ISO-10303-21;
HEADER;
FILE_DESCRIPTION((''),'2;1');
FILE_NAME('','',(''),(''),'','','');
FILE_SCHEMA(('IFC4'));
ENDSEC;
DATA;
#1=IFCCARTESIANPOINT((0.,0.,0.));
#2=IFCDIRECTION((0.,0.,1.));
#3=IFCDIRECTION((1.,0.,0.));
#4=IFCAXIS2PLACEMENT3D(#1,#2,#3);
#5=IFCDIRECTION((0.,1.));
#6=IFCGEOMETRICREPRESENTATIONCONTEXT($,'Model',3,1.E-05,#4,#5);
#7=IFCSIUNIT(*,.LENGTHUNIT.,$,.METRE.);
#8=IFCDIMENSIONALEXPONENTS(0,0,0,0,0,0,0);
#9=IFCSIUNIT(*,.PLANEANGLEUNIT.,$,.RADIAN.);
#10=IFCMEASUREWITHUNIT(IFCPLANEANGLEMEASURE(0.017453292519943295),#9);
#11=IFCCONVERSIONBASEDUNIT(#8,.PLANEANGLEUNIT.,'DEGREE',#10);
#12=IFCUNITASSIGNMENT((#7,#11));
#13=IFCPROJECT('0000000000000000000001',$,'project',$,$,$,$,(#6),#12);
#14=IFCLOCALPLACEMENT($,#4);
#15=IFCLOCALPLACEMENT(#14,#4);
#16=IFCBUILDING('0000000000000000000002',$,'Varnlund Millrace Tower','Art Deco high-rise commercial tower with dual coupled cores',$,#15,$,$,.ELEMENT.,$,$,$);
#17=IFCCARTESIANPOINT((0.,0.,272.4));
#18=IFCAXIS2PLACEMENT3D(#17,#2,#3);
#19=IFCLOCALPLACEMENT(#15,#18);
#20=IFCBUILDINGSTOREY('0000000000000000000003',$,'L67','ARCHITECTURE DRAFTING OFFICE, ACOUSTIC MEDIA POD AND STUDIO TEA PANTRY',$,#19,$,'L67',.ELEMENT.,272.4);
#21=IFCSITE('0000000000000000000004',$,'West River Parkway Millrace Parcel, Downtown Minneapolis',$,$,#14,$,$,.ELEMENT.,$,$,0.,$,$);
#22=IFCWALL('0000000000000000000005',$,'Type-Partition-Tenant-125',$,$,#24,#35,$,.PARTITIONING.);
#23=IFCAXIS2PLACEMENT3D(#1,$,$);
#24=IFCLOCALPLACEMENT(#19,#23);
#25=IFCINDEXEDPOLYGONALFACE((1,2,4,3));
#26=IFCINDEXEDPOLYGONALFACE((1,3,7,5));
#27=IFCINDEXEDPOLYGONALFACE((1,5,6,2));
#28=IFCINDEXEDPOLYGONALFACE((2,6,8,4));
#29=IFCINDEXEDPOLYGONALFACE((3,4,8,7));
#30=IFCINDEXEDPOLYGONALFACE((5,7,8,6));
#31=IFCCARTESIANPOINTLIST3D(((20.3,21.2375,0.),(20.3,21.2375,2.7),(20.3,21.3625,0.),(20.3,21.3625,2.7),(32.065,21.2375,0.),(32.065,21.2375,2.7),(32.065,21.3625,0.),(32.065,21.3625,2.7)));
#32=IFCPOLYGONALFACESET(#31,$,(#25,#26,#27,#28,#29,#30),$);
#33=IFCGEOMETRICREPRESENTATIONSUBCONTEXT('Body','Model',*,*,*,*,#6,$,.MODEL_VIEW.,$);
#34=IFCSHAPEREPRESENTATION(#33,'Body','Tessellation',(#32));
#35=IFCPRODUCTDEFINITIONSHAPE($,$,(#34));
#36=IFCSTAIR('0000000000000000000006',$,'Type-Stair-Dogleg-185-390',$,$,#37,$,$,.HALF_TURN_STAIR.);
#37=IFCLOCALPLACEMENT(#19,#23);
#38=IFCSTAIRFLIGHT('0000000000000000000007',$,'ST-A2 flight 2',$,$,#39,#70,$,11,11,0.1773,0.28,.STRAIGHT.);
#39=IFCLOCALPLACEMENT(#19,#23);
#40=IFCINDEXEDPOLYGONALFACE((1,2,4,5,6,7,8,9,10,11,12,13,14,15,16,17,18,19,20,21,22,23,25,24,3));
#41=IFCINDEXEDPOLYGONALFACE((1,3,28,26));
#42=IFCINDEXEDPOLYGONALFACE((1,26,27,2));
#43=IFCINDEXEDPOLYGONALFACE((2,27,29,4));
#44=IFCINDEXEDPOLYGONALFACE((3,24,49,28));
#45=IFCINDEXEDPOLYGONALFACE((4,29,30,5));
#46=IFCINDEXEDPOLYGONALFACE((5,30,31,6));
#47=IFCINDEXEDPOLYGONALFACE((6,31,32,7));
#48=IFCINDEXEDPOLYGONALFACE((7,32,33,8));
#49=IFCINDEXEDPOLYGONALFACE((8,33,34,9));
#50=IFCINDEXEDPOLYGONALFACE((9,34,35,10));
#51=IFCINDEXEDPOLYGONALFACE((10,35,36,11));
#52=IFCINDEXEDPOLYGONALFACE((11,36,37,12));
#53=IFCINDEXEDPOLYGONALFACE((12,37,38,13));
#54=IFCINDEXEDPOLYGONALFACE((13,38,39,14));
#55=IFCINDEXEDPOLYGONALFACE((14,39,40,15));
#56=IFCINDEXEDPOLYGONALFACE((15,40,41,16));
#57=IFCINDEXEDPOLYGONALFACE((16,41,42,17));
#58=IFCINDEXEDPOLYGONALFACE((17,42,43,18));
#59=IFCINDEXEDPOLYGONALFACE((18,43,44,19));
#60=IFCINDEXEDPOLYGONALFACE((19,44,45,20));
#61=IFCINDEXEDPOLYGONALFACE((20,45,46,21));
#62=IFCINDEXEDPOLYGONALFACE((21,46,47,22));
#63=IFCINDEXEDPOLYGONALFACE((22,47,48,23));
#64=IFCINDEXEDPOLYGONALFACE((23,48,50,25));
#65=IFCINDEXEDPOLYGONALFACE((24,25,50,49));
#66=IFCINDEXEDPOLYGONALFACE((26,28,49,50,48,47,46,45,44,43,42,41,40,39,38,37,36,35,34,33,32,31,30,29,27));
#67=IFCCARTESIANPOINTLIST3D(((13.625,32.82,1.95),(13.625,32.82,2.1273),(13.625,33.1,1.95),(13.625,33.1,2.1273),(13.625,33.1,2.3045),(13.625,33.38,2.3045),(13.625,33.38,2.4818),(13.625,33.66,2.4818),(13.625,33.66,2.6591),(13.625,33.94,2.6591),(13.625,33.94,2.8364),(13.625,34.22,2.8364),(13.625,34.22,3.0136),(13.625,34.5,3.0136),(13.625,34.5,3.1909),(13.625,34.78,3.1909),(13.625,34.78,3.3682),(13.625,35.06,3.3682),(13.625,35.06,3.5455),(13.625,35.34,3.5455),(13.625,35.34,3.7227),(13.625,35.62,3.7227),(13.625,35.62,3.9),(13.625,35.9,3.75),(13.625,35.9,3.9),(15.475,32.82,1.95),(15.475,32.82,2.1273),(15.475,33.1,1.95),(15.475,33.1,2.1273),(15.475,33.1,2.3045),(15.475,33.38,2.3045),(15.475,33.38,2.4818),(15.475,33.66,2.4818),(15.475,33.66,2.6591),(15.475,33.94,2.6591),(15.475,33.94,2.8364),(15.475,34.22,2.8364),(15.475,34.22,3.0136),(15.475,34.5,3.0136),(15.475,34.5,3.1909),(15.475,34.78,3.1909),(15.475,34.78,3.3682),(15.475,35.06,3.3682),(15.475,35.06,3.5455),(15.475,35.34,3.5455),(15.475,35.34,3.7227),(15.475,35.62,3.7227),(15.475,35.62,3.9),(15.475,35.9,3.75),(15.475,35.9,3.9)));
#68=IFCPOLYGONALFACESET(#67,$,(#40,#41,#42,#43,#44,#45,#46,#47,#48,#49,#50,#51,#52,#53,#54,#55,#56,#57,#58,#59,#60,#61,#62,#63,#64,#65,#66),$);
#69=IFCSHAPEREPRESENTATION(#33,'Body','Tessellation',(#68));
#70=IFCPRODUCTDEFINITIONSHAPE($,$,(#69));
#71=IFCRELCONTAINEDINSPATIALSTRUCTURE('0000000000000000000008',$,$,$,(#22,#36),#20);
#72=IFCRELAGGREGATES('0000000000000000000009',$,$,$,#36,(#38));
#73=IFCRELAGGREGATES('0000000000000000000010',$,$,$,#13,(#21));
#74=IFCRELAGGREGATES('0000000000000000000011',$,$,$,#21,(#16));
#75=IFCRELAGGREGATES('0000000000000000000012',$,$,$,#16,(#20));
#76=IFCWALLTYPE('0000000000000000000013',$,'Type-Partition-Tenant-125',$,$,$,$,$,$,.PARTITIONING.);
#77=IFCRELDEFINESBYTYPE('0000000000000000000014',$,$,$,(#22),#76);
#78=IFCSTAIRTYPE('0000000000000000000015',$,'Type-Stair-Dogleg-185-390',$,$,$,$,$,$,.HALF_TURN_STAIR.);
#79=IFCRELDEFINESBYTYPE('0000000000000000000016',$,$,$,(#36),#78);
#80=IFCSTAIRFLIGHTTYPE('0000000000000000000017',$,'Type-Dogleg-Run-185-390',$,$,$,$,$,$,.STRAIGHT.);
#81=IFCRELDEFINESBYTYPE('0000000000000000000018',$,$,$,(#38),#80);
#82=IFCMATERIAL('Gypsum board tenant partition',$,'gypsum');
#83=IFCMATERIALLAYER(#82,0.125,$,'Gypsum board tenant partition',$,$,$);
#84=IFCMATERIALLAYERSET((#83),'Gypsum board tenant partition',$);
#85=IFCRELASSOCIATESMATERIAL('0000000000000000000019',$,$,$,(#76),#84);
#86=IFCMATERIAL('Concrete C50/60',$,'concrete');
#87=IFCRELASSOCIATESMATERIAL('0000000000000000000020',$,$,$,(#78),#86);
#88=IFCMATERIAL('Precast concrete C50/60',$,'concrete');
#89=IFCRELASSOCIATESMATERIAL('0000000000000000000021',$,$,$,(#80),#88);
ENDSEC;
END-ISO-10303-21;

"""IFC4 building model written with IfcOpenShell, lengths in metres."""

from ifc_helpers import new_model, entity, si_unit, converted_unit, direction, frame, origin_with_axes, place, context, subcontext, project, spatial, polyline, outline, extrude, material, layer, layer_set, type_object, element, aggregate, save


model = new_model("IFC4")

# Units and contexts
model_context = context("Model", 3, precision=1e-05, world=origin_with_axes(), true_north=direction((0.0, 1.0)))
body_context = subcontext(model_context, "Body", "Model", "MODEL_VIEW")
ifc_project = project(units=[si_unit("LENGTHUNIT", "METRE"), converted_unit("PLANEANGLEUNIT", "DEGREE", entity("IfcPlaneAngleMeasure", 0.017453292519943295), si_unit("PLANEANGLEUNIT", "RADIAN"), dimensions=[0, 0, 0, 0, 0, 0, 0])], contexts=[model_context])

# Site, building, storey
site_placement = place(None, origin_with_axes())
site = spatial("IfcSite", under=ifc_project, at=site_placement, Name="West River Parkway Millrace Parcel, Downtown Minneapolis", CompositionType="ELEMENT", RefElevation=0.0)
building_placement = place(site_placement, origin_with_axes())
building = spatial("IfcBuilding", under=site, at=building_placement, Name="Varnlund Millrace Tower", Description="Art Deco high-rise commercial tower with dual coupled cores", CompositionType="ELEMENT")
storey_placement = place(building_placement, frame((0.0, 0.0, 272.4), z_axis=(0.0, 0.0, 1.0), x_axis=(1.0, 0.0, 0.0)))
storey = spatial("IfcBuildingStorey", under=building, at=storey_placement, Name="L67", Description="ARCHITECTURE DRAFTING OFFICE, ACOUSTIC MEDIA POD AND STUDIO TEA PANTRY", LongName="L67", CompositionType="ELEMENT", Elevation=272.4)

# Shared definitions
ifc_material_1 = material(Name="Precast concrete C50/60", Category="concrete")

# Wall
ifc_material_2 = material(Name="Gypsum board tenant partition", Category="gypsum")
ifc_layer_1 = layer(ifc_material_2, 0.125, Name="Gypsum board tenant partition")
ifc_layer_set_1 = layer_set([ifc_layer_1], Name="Gypsum board tenant partition")
wall_type_1 = type_object("IfcWallType", Name="Type-Partition-Tenant-125", PredefinedType="PARTITIONING", material=ifc_layer_set_1)
wall_1_placement = place(storey_placement, frame((20.3, 21.3, 0.0), z_axis=(0.0, 0.0, 1.0), x_axis=(1.0, 0.0, 0.0)))
element("IfcWall", 1, at=wall_1_placement, inside=storey, type_object=wall_type_1, Name="Type-Partition-Tenant-125", PredefinedType="PARTITIONING", context=body_context, shape_type="SweptSolid", body=[
    extrude(outline(polyline([(0.0, -0.0625), (11.765, -0.0625), (11.765, 0.0625), (0.0, 0.0625), (0.0, -0.0625)])), origin_with_axes(), (0.0, 0.0, 1.0), 2.7),
])

# Stair, stair flight
ifc_material_3 = material(Name="Concrete C50/60", Category="concrete")
stair_type = type_object("IfcStairType", Name="Type-Stair-Dogleg-185-390", PredefinedType="HALF_TURN_STAIR", material=ifc_material_3)
stair_placement = place(storey_placement, origin_with_axes())
stair = element("IfcStair", 2, at=stair_placement, inside=storey, type_object=stair_type, Name="Type-Stair-Dogleg-185-390", PredefinedType="HALF_TURN_STAIR")
stair_flight_type = type_object("IfcStairFlightType", Name="Type-Dogleg-Run-185-390", PredefinedType="STRAIGHT", material=ifc_material_1)
stair_flight_placement = place(storey_placement, frame((13.625, 32.82, 1.95), z_axis=(1.0, 0.0, 0.0), x_axis=(0.0, 1.0, 0.0)))
stair_flight = element("IfcStairFlight", 3, at=stair_flight_placement, type_object=stair_flight_type, Name="ST-A2 flight 2", NumberOfRisers=11, NumberOfTreads=11, PredefinedType="STRAIGHT", RiserHeight=0.1773, TreadLength=0.28, context=body_context, shape_type="SweptSolid", body=[
    extrude(outline(polyline([(0.0, 0.0), (0.0, 0.1773), (0.28, 0.1773), (0.28, 0.3545), (0.56, 0.3545), (0.56, 0.5318), (0.84, 0.5318), (0.84, 0.7091), (1.12, 0.7091), (1.12, 0.8864), (1.4, 0.8864), (1.4, 1.0636), (1.68, 1.0636), (1.68, 1.2409), (1.96, 1.2409), (1.96, 1.4182), (2.24, 1.4182), (2.24, 1.5955), (2.52, 1.5955), (2.52, 1.7727), (2.8, 1.7727), (2.8, 1.95), (3.08, 1.95), (3.08, 1.8), (0.28, 0.0), (0.0, 0.0)])), origin_with_axes(), (0.0, 0.0, 1.0), 1.85),
])
aggregate(stair, [stair_flight])

save(model, "model.ifc")
